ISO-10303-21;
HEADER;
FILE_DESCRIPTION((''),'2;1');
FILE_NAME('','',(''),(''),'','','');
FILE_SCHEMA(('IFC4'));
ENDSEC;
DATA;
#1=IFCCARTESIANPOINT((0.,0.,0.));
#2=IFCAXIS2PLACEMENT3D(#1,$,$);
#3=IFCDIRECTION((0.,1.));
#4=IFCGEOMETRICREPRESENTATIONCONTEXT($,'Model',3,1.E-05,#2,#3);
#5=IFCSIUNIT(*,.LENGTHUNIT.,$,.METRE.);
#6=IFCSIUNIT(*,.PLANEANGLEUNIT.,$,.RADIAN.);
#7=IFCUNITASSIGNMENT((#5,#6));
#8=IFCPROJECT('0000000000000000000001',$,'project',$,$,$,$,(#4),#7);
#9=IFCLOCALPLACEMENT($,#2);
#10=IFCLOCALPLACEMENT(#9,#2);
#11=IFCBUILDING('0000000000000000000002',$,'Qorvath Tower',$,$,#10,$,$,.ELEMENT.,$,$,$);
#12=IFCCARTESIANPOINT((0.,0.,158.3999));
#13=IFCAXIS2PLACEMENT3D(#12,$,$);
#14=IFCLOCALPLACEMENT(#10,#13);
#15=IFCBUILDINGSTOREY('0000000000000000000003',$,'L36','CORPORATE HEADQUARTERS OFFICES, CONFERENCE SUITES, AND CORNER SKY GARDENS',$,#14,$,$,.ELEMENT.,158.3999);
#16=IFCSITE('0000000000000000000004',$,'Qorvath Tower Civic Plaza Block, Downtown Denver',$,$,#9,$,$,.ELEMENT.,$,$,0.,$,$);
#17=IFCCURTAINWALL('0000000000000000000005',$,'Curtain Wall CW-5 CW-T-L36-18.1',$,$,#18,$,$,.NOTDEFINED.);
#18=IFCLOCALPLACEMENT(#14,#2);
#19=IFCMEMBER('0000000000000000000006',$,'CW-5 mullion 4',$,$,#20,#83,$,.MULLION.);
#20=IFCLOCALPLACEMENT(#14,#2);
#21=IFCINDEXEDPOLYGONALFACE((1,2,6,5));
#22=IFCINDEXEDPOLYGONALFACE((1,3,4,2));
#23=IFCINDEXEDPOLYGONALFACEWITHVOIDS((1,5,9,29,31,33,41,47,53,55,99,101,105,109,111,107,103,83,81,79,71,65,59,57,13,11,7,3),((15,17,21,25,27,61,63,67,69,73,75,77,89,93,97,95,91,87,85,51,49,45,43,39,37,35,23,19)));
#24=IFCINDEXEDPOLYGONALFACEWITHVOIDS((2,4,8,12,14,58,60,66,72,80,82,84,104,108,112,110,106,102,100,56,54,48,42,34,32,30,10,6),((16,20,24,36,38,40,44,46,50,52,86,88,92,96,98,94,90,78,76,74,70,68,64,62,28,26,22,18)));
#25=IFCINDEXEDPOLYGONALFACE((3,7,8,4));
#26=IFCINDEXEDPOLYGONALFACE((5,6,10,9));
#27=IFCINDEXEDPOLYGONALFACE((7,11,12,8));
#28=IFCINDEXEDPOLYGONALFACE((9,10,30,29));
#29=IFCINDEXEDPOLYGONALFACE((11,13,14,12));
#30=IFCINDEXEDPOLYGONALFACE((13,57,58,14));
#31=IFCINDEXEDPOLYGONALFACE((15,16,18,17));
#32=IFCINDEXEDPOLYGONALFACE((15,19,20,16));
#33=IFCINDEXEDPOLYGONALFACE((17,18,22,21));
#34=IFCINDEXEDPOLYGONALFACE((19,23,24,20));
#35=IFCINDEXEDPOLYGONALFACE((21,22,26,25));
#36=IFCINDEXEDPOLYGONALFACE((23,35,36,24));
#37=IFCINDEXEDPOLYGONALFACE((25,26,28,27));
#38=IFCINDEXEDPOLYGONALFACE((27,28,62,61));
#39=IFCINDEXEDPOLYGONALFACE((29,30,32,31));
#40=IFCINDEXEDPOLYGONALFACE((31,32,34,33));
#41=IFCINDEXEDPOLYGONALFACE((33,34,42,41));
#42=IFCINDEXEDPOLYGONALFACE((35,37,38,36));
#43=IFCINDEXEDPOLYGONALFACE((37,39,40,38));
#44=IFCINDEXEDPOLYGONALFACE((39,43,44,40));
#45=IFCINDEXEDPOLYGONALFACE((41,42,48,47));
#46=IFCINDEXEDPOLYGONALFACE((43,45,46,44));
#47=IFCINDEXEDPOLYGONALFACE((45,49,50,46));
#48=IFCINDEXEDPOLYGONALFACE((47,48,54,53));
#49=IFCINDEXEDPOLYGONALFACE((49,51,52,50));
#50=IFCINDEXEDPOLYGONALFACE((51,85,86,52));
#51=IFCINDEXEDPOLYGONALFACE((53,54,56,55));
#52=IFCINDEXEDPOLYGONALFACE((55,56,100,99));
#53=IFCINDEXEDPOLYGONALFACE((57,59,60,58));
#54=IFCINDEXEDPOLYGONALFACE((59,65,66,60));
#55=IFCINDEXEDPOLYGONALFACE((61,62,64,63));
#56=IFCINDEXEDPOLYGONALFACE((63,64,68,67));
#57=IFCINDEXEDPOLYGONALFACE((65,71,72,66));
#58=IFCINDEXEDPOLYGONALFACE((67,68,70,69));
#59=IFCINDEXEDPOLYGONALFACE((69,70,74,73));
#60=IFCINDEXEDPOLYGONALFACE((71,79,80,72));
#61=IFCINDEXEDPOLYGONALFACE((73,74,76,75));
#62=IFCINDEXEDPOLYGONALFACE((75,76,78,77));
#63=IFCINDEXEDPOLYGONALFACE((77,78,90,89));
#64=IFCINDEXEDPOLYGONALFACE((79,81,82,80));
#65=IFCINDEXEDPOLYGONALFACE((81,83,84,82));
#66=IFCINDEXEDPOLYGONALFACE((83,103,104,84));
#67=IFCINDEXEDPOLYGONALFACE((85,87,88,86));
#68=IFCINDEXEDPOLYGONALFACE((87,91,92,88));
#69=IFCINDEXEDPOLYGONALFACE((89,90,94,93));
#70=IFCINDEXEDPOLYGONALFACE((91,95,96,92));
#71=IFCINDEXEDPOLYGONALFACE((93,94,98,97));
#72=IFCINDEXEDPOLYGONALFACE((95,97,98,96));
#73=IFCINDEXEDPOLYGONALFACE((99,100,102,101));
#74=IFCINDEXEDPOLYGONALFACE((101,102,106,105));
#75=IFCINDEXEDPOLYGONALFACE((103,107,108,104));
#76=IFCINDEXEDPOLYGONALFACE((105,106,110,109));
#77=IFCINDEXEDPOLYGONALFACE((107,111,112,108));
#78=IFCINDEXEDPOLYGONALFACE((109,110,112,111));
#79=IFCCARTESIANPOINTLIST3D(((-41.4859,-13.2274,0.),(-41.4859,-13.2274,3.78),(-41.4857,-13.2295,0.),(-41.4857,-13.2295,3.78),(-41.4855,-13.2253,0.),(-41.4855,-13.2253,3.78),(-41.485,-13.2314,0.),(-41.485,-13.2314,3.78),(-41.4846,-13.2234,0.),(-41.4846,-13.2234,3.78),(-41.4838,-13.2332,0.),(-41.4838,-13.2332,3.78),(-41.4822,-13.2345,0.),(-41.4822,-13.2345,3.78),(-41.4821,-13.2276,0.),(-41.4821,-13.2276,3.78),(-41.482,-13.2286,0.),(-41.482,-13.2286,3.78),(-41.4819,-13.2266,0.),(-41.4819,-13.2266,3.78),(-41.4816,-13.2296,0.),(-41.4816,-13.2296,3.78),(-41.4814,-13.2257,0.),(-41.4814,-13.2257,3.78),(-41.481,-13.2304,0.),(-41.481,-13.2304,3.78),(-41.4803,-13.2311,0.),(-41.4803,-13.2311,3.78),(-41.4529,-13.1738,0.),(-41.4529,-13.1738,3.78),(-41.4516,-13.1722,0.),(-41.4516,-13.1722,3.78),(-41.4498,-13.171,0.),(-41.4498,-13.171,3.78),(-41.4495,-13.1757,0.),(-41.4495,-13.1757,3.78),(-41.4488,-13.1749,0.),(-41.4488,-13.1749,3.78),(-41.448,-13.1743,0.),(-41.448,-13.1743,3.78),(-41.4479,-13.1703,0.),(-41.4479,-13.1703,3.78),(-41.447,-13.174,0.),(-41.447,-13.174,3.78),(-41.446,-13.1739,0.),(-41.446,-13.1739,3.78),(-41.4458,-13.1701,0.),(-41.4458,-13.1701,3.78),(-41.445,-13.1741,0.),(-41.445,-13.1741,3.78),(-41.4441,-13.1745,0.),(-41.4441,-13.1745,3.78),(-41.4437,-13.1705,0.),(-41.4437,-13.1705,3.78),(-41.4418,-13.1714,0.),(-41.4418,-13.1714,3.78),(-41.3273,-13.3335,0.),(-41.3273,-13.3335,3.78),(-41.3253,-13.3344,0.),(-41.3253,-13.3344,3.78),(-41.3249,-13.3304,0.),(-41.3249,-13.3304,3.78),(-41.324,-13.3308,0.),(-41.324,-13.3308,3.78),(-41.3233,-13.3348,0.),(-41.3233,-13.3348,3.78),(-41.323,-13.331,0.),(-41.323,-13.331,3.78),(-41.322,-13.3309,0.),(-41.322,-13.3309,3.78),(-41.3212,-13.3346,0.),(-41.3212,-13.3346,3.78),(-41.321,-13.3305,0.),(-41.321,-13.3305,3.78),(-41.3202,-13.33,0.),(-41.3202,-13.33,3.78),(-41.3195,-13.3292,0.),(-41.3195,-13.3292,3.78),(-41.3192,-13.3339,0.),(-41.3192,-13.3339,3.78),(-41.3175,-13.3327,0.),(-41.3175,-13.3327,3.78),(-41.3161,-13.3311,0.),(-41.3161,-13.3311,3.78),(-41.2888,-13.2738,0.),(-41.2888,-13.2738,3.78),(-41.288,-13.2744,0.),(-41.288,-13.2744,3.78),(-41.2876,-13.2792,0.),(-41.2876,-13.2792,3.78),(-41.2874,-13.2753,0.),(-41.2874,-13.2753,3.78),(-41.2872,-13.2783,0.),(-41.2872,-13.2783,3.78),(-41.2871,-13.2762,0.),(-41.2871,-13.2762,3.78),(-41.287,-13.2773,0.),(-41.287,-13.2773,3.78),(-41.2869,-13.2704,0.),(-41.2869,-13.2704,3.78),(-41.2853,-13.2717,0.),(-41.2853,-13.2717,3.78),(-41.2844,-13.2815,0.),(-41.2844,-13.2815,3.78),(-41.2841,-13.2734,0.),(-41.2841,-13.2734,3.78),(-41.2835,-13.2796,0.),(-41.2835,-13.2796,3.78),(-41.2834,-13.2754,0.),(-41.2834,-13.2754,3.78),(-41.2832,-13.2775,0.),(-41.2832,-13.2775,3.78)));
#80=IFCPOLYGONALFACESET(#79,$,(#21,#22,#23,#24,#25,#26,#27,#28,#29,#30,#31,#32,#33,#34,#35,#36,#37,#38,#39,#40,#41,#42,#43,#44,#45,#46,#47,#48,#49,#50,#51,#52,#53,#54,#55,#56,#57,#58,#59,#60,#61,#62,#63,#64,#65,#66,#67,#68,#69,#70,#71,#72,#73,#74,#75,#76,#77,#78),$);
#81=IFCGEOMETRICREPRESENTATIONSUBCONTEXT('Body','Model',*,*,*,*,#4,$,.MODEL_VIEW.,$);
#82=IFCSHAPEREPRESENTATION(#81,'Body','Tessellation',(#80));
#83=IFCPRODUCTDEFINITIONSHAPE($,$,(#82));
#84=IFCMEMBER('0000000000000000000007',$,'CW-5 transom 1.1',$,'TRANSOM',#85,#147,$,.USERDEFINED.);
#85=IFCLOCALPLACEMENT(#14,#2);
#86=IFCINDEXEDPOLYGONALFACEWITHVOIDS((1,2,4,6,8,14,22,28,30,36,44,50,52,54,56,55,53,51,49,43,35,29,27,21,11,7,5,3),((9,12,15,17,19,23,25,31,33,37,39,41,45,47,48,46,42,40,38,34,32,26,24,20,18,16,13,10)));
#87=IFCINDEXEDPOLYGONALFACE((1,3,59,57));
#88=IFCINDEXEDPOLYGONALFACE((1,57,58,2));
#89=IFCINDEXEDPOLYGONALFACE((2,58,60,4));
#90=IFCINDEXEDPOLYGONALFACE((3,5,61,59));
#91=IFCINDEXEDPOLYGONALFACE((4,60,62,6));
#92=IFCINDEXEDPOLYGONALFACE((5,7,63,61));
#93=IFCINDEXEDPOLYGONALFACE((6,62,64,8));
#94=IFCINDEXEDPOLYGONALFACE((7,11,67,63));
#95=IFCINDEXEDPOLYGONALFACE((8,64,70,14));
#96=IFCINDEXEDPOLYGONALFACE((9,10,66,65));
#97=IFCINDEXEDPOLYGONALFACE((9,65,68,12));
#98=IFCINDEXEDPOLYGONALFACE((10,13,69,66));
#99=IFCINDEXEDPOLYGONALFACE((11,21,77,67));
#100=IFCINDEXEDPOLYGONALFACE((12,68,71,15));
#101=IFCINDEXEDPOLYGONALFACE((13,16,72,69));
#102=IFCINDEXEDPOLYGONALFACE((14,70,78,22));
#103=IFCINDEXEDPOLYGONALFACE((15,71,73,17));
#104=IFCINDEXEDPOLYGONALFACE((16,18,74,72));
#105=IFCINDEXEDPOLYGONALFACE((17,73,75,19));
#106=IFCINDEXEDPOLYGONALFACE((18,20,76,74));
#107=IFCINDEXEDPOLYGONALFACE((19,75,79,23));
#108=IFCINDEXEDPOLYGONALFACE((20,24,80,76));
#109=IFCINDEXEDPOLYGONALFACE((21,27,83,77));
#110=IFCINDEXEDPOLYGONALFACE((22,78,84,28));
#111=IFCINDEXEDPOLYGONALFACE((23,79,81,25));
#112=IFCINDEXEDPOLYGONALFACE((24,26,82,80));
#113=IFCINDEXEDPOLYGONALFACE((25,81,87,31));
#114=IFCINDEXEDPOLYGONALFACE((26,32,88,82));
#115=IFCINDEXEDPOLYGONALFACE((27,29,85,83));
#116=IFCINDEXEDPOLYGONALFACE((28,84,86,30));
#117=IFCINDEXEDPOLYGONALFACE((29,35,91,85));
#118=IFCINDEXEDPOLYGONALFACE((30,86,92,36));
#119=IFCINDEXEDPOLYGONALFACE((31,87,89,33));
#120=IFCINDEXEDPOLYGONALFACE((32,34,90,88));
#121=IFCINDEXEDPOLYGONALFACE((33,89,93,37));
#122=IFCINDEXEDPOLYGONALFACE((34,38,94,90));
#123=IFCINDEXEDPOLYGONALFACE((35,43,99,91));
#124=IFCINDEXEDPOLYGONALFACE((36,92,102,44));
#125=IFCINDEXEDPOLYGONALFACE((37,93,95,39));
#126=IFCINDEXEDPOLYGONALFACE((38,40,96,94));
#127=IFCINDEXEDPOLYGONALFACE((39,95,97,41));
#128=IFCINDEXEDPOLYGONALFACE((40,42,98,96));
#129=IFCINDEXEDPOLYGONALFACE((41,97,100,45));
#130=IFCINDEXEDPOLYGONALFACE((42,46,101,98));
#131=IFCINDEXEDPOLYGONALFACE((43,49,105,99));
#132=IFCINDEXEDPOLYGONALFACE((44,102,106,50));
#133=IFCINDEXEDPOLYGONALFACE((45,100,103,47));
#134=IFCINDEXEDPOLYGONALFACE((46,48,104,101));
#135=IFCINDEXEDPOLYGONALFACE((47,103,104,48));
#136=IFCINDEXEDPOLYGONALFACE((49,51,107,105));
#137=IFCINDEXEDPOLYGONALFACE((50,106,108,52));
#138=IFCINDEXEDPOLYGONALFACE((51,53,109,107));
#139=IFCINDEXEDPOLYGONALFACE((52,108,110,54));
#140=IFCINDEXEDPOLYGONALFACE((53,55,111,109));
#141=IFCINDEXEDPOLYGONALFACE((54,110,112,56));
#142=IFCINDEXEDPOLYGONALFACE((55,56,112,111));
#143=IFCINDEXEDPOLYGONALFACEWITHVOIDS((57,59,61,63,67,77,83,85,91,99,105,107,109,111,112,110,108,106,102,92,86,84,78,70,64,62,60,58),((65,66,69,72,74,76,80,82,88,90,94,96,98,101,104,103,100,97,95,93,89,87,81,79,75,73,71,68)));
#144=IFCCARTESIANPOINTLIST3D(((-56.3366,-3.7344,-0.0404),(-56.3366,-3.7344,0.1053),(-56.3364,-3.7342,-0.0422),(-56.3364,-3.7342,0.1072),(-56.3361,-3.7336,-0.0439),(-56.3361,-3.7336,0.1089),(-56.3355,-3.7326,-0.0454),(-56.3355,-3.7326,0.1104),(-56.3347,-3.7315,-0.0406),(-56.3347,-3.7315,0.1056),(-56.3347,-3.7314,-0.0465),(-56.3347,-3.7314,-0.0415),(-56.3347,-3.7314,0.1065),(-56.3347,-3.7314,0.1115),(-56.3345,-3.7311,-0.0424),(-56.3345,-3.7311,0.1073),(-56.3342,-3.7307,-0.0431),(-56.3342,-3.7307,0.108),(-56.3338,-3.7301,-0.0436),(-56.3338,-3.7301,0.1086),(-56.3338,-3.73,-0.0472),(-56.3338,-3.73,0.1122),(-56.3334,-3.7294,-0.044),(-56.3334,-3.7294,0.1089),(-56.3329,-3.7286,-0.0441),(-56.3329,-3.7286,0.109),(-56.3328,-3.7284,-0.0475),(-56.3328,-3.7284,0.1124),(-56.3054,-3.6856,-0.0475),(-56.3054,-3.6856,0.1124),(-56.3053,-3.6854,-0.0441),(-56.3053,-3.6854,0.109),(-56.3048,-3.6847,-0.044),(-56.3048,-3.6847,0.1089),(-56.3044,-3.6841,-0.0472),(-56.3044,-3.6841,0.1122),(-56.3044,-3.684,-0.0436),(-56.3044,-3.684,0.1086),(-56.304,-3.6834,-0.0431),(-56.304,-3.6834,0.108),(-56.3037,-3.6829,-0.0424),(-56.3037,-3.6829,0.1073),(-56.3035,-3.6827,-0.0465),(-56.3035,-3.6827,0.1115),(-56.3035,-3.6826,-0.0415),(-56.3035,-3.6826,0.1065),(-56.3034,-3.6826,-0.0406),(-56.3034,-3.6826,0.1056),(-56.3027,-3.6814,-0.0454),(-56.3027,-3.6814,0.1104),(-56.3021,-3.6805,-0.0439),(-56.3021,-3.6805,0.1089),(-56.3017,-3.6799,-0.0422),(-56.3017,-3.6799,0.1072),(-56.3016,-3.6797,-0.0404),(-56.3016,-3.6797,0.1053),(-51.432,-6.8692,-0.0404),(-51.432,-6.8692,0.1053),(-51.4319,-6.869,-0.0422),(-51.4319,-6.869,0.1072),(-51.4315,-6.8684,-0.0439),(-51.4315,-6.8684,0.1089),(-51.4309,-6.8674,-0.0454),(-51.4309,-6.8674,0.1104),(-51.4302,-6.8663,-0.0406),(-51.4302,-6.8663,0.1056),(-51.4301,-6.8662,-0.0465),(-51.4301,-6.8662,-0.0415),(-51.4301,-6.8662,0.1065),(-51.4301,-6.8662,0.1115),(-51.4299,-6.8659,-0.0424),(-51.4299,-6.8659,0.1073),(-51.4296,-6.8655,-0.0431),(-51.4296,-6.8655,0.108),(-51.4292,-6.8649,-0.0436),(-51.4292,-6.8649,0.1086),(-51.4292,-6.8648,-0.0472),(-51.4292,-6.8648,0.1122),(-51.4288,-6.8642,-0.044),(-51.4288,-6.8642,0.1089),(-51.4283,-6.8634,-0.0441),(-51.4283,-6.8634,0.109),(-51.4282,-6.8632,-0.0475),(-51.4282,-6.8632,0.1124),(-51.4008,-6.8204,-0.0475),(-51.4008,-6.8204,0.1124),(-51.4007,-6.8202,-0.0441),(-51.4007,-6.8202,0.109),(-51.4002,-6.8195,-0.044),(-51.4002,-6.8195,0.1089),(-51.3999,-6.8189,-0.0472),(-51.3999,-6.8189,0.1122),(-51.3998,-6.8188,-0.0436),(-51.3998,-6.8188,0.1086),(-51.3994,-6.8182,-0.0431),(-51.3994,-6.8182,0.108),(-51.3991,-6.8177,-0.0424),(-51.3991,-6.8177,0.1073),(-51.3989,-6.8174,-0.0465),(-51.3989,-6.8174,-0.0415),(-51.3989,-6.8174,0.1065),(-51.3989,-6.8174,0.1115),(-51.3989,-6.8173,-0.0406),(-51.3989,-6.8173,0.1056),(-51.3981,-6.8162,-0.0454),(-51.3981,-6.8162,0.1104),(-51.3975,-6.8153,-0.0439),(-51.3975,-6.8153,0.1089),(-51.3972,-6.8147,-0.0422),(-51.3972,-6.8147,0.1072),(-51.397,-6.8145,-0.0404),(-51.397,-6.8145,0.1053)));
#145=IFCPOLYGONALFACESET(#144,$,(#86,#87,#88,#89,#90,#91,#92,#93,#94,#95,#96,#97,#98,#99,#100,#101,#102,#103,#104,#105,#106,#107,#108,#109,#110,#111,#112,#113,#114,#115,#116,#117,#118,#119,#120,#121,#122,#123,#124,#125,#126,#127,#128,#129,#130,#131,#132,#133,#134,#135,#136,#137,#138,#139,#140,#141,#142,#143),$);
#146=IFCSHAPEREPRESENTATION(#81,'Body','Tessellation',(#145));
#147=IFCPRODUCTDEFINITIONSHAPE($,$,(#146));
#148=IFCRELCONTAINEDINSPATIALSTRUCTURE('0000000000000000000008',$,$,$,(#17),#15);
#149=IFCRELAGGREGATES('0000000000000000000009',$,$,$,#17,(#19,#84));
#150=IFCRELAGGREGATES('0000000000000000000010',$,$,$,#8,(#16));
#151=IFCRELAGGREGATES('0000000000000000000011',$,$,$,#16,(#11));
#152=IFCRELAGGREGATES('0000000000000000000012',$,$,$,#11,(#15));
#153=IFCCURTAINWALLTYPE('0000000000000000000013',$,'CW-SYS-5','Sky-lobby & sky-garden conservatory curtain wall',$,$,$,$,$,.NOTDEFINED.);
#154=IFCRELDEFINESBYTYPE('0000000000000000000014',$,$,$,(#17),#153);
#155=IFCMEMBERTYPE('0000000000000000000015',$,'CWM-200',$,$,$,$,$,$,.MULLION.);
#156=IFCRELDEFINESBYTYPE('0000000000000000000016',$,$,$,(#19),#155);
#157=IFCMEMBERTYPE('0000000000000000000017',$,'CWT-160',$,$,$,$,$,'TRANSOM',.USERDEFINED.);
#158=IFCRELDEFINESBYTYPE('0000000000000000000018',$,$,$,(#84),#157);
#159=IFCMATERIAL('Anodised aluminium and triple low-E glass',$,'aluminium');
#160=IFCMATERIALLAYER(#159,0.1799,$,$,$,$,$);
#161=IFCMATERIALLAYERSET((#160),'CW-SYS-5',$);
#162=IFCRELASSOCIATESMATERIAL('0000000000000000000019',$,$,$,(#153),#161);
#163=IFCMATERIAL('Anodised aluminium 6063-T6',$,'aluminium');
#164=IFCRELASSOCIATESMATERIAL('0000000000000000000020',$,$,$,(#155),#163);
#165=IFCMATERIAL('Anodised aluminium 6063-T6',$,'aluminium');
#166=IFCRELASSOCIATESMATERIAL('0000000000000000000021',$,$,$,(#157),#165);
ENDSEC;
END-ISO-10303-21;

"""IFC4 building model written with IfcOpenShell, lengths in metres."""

from ifc_helpers import new_model, si_unit, direction, frame, origin, origin_2d, place, context, subcontext, project, spatial, hollow_rectangle, extrude, material, layer, layer_set, material_profile, profile_set, type_object, element, aggregate, save


model = new_model("IFC4")

# Units and contexts
model_context = context("Model", 3, precision=1e-05, world=origin(), true_north=direction((0.0, 1.0)))
body_context = subcontext(model_context, "Body", "Model", "MODEL_VIEW")
ifc_project = project(units=[si_unit("LENGTHUNIT", "METRE"), si_unit("PLANEANGLEUNIT", "RADIAN")], contexts=[model_context])

# Site, building, storey
site_placement = place(None, origin())
site = spatial("IfcSite", under=ifc_project, at=site_placement, Name="Qorvath Tower Civic Plaza Block, Downtown Denver", CompositionType="ELEMENT", RefElevation=0.0)
building_placement = place(site_placement, origin())
building = spatial("IfcBuilding", under=site, at=building_placement, Name="Qorvath Tower", CompositionType="ELEMENT")
storey_placement = place(building_placement, frame((0.0, 0.0, 158.3999)))
storey = spatial("IfcBuildingStorey", under=building, at=storey_placement, Name="L36", Description="CORPORATE HEADQUARTERS OFFICES, CONFERENCE SUITES, AND CORNER SKY GARDENS", CompositionType="ELEMENT", Elevation=158.3999)

# Shared definitions
ifc_material_1 = material(Name="Anodised aluminium and triple low-E glass", Category="aluminium")
ifc_layer_1 = layer(ifc_material_1, 0.1799)
ifc_layer_set_1 = layer_set([ifc_layer_1], Name="CW-SYS-5")
curtain_wall_type = type_object("IfcCurtainWallType", Name="CW-SYS-5", Description="Sky-lobby & sky-garden conservatory curtain wall", PredefinedType="NOTDEFINED", material=ifc_layer_set_1)
ifc_material_2 = material(Name="Anodised aluminium 6063-T6", Category="aluminium")
ifc_material_profile_1 = material_profile(ifc_material_2, hollow_rectangle(XDim=0.075, YDim=0.2, WallThickness=0.0039, InnerFilletRadius=0.0039, OuterFilletRadius=0.0081, at=origin_2d()), Name="CWM 200x75")
ifc_profile_set_1 = profile_set([ifc_material_profile_1], Name="Anodised aluminium 6063-T6")
member_type_1 = type_object("IfcMemberType", Name="CWM-200", PredefinedType="MULLION", material=ifc_profile_set_1)

# Curtain wall, members
curtain_wall_1_placement = place(storey_placement, origin())
curtain_wall_1 = element("IfcCurtainWall", 1, at=curtain_wall_1_placement, inside=storey, type_object=curtain_wall_type, Name="Curtain Wall CW-5 CW-T-L36-18.1", PredefinedType="NOTDEFINED")
member_1_placement = place(storey_placement, frame((-41.3845, -13.2524, 0.0), z_axis=(0.0, 0.0, 1.0), x_axis=(0.538539, 0.842601, 0.0)))
member_1 = element("IfcMember", 2, at=member_1_placement, type_object=member_type_1, Name="CW-5 mullion 4", PredefinedType="MULLION", context=body_context, shape_type="SweptSolid", body=[
    extrude(hollow_rectangle(XDim=0.075, YDim=0.2, WallThickness=0.0039, InnerFilletRadius=0.0039, OuterFilletRadius=0.0081, at=origin_2d()), origin(), (0.0, 0.0, 1.0), 3.78),
])
ifc_material_3 = material(Name="Anodised aluminium 6063-T6", Category="aluminium")
ifc_material_profile_2 = material_profile(ifc_material_3, hollow_rectangle(XDim=0.0649, YDim=0.1599, WallThickness=0.0034, InnerFilletRadius=0.0034, OuterFilletRadius=0.0071, at=origin_2d()), Name="CWT 160x65")
ifc_profile_set_2 = profile_set([ifc_material_profile_2], Name="Anodised aluminium 6063-T6")
member_type_2 = type_object("IfcMemberType", Name="CWT-160", ElementType="TRANSOM", PredefinedType="USERDEFINED", material=ifc_profile_set_2)
member_2_placement = place(storey_placement, frame((-56.3191, -3.707, 0.0325), z_axis=(0.842594, -0.538549, 0.0), x_axis=(0.538549, 0.842594, 0.0)))
member_2 = element("IfcMember", 3, at=member_2_placement, type_object=member_type_2, Name="CW-5 transom 1.1", ObjectType="TRANSOM", PredefinedType="USERDEFINED", context=body_context, shape_type="SweptSolid", body=[
    extrude(hollow_rectangle(XDim=0.0649, YDim=0.1599, WallThickness=0.0034, InnerFilletRadius=0.0034, OuterFilletRadius=0.0071, at=origin_2d()), origin(), (0.0, 0.0, 1.0), 5.8208),
])

aggregate(curtain_wall_1, [member_1, member_2])

save(model, "model.ifc")
